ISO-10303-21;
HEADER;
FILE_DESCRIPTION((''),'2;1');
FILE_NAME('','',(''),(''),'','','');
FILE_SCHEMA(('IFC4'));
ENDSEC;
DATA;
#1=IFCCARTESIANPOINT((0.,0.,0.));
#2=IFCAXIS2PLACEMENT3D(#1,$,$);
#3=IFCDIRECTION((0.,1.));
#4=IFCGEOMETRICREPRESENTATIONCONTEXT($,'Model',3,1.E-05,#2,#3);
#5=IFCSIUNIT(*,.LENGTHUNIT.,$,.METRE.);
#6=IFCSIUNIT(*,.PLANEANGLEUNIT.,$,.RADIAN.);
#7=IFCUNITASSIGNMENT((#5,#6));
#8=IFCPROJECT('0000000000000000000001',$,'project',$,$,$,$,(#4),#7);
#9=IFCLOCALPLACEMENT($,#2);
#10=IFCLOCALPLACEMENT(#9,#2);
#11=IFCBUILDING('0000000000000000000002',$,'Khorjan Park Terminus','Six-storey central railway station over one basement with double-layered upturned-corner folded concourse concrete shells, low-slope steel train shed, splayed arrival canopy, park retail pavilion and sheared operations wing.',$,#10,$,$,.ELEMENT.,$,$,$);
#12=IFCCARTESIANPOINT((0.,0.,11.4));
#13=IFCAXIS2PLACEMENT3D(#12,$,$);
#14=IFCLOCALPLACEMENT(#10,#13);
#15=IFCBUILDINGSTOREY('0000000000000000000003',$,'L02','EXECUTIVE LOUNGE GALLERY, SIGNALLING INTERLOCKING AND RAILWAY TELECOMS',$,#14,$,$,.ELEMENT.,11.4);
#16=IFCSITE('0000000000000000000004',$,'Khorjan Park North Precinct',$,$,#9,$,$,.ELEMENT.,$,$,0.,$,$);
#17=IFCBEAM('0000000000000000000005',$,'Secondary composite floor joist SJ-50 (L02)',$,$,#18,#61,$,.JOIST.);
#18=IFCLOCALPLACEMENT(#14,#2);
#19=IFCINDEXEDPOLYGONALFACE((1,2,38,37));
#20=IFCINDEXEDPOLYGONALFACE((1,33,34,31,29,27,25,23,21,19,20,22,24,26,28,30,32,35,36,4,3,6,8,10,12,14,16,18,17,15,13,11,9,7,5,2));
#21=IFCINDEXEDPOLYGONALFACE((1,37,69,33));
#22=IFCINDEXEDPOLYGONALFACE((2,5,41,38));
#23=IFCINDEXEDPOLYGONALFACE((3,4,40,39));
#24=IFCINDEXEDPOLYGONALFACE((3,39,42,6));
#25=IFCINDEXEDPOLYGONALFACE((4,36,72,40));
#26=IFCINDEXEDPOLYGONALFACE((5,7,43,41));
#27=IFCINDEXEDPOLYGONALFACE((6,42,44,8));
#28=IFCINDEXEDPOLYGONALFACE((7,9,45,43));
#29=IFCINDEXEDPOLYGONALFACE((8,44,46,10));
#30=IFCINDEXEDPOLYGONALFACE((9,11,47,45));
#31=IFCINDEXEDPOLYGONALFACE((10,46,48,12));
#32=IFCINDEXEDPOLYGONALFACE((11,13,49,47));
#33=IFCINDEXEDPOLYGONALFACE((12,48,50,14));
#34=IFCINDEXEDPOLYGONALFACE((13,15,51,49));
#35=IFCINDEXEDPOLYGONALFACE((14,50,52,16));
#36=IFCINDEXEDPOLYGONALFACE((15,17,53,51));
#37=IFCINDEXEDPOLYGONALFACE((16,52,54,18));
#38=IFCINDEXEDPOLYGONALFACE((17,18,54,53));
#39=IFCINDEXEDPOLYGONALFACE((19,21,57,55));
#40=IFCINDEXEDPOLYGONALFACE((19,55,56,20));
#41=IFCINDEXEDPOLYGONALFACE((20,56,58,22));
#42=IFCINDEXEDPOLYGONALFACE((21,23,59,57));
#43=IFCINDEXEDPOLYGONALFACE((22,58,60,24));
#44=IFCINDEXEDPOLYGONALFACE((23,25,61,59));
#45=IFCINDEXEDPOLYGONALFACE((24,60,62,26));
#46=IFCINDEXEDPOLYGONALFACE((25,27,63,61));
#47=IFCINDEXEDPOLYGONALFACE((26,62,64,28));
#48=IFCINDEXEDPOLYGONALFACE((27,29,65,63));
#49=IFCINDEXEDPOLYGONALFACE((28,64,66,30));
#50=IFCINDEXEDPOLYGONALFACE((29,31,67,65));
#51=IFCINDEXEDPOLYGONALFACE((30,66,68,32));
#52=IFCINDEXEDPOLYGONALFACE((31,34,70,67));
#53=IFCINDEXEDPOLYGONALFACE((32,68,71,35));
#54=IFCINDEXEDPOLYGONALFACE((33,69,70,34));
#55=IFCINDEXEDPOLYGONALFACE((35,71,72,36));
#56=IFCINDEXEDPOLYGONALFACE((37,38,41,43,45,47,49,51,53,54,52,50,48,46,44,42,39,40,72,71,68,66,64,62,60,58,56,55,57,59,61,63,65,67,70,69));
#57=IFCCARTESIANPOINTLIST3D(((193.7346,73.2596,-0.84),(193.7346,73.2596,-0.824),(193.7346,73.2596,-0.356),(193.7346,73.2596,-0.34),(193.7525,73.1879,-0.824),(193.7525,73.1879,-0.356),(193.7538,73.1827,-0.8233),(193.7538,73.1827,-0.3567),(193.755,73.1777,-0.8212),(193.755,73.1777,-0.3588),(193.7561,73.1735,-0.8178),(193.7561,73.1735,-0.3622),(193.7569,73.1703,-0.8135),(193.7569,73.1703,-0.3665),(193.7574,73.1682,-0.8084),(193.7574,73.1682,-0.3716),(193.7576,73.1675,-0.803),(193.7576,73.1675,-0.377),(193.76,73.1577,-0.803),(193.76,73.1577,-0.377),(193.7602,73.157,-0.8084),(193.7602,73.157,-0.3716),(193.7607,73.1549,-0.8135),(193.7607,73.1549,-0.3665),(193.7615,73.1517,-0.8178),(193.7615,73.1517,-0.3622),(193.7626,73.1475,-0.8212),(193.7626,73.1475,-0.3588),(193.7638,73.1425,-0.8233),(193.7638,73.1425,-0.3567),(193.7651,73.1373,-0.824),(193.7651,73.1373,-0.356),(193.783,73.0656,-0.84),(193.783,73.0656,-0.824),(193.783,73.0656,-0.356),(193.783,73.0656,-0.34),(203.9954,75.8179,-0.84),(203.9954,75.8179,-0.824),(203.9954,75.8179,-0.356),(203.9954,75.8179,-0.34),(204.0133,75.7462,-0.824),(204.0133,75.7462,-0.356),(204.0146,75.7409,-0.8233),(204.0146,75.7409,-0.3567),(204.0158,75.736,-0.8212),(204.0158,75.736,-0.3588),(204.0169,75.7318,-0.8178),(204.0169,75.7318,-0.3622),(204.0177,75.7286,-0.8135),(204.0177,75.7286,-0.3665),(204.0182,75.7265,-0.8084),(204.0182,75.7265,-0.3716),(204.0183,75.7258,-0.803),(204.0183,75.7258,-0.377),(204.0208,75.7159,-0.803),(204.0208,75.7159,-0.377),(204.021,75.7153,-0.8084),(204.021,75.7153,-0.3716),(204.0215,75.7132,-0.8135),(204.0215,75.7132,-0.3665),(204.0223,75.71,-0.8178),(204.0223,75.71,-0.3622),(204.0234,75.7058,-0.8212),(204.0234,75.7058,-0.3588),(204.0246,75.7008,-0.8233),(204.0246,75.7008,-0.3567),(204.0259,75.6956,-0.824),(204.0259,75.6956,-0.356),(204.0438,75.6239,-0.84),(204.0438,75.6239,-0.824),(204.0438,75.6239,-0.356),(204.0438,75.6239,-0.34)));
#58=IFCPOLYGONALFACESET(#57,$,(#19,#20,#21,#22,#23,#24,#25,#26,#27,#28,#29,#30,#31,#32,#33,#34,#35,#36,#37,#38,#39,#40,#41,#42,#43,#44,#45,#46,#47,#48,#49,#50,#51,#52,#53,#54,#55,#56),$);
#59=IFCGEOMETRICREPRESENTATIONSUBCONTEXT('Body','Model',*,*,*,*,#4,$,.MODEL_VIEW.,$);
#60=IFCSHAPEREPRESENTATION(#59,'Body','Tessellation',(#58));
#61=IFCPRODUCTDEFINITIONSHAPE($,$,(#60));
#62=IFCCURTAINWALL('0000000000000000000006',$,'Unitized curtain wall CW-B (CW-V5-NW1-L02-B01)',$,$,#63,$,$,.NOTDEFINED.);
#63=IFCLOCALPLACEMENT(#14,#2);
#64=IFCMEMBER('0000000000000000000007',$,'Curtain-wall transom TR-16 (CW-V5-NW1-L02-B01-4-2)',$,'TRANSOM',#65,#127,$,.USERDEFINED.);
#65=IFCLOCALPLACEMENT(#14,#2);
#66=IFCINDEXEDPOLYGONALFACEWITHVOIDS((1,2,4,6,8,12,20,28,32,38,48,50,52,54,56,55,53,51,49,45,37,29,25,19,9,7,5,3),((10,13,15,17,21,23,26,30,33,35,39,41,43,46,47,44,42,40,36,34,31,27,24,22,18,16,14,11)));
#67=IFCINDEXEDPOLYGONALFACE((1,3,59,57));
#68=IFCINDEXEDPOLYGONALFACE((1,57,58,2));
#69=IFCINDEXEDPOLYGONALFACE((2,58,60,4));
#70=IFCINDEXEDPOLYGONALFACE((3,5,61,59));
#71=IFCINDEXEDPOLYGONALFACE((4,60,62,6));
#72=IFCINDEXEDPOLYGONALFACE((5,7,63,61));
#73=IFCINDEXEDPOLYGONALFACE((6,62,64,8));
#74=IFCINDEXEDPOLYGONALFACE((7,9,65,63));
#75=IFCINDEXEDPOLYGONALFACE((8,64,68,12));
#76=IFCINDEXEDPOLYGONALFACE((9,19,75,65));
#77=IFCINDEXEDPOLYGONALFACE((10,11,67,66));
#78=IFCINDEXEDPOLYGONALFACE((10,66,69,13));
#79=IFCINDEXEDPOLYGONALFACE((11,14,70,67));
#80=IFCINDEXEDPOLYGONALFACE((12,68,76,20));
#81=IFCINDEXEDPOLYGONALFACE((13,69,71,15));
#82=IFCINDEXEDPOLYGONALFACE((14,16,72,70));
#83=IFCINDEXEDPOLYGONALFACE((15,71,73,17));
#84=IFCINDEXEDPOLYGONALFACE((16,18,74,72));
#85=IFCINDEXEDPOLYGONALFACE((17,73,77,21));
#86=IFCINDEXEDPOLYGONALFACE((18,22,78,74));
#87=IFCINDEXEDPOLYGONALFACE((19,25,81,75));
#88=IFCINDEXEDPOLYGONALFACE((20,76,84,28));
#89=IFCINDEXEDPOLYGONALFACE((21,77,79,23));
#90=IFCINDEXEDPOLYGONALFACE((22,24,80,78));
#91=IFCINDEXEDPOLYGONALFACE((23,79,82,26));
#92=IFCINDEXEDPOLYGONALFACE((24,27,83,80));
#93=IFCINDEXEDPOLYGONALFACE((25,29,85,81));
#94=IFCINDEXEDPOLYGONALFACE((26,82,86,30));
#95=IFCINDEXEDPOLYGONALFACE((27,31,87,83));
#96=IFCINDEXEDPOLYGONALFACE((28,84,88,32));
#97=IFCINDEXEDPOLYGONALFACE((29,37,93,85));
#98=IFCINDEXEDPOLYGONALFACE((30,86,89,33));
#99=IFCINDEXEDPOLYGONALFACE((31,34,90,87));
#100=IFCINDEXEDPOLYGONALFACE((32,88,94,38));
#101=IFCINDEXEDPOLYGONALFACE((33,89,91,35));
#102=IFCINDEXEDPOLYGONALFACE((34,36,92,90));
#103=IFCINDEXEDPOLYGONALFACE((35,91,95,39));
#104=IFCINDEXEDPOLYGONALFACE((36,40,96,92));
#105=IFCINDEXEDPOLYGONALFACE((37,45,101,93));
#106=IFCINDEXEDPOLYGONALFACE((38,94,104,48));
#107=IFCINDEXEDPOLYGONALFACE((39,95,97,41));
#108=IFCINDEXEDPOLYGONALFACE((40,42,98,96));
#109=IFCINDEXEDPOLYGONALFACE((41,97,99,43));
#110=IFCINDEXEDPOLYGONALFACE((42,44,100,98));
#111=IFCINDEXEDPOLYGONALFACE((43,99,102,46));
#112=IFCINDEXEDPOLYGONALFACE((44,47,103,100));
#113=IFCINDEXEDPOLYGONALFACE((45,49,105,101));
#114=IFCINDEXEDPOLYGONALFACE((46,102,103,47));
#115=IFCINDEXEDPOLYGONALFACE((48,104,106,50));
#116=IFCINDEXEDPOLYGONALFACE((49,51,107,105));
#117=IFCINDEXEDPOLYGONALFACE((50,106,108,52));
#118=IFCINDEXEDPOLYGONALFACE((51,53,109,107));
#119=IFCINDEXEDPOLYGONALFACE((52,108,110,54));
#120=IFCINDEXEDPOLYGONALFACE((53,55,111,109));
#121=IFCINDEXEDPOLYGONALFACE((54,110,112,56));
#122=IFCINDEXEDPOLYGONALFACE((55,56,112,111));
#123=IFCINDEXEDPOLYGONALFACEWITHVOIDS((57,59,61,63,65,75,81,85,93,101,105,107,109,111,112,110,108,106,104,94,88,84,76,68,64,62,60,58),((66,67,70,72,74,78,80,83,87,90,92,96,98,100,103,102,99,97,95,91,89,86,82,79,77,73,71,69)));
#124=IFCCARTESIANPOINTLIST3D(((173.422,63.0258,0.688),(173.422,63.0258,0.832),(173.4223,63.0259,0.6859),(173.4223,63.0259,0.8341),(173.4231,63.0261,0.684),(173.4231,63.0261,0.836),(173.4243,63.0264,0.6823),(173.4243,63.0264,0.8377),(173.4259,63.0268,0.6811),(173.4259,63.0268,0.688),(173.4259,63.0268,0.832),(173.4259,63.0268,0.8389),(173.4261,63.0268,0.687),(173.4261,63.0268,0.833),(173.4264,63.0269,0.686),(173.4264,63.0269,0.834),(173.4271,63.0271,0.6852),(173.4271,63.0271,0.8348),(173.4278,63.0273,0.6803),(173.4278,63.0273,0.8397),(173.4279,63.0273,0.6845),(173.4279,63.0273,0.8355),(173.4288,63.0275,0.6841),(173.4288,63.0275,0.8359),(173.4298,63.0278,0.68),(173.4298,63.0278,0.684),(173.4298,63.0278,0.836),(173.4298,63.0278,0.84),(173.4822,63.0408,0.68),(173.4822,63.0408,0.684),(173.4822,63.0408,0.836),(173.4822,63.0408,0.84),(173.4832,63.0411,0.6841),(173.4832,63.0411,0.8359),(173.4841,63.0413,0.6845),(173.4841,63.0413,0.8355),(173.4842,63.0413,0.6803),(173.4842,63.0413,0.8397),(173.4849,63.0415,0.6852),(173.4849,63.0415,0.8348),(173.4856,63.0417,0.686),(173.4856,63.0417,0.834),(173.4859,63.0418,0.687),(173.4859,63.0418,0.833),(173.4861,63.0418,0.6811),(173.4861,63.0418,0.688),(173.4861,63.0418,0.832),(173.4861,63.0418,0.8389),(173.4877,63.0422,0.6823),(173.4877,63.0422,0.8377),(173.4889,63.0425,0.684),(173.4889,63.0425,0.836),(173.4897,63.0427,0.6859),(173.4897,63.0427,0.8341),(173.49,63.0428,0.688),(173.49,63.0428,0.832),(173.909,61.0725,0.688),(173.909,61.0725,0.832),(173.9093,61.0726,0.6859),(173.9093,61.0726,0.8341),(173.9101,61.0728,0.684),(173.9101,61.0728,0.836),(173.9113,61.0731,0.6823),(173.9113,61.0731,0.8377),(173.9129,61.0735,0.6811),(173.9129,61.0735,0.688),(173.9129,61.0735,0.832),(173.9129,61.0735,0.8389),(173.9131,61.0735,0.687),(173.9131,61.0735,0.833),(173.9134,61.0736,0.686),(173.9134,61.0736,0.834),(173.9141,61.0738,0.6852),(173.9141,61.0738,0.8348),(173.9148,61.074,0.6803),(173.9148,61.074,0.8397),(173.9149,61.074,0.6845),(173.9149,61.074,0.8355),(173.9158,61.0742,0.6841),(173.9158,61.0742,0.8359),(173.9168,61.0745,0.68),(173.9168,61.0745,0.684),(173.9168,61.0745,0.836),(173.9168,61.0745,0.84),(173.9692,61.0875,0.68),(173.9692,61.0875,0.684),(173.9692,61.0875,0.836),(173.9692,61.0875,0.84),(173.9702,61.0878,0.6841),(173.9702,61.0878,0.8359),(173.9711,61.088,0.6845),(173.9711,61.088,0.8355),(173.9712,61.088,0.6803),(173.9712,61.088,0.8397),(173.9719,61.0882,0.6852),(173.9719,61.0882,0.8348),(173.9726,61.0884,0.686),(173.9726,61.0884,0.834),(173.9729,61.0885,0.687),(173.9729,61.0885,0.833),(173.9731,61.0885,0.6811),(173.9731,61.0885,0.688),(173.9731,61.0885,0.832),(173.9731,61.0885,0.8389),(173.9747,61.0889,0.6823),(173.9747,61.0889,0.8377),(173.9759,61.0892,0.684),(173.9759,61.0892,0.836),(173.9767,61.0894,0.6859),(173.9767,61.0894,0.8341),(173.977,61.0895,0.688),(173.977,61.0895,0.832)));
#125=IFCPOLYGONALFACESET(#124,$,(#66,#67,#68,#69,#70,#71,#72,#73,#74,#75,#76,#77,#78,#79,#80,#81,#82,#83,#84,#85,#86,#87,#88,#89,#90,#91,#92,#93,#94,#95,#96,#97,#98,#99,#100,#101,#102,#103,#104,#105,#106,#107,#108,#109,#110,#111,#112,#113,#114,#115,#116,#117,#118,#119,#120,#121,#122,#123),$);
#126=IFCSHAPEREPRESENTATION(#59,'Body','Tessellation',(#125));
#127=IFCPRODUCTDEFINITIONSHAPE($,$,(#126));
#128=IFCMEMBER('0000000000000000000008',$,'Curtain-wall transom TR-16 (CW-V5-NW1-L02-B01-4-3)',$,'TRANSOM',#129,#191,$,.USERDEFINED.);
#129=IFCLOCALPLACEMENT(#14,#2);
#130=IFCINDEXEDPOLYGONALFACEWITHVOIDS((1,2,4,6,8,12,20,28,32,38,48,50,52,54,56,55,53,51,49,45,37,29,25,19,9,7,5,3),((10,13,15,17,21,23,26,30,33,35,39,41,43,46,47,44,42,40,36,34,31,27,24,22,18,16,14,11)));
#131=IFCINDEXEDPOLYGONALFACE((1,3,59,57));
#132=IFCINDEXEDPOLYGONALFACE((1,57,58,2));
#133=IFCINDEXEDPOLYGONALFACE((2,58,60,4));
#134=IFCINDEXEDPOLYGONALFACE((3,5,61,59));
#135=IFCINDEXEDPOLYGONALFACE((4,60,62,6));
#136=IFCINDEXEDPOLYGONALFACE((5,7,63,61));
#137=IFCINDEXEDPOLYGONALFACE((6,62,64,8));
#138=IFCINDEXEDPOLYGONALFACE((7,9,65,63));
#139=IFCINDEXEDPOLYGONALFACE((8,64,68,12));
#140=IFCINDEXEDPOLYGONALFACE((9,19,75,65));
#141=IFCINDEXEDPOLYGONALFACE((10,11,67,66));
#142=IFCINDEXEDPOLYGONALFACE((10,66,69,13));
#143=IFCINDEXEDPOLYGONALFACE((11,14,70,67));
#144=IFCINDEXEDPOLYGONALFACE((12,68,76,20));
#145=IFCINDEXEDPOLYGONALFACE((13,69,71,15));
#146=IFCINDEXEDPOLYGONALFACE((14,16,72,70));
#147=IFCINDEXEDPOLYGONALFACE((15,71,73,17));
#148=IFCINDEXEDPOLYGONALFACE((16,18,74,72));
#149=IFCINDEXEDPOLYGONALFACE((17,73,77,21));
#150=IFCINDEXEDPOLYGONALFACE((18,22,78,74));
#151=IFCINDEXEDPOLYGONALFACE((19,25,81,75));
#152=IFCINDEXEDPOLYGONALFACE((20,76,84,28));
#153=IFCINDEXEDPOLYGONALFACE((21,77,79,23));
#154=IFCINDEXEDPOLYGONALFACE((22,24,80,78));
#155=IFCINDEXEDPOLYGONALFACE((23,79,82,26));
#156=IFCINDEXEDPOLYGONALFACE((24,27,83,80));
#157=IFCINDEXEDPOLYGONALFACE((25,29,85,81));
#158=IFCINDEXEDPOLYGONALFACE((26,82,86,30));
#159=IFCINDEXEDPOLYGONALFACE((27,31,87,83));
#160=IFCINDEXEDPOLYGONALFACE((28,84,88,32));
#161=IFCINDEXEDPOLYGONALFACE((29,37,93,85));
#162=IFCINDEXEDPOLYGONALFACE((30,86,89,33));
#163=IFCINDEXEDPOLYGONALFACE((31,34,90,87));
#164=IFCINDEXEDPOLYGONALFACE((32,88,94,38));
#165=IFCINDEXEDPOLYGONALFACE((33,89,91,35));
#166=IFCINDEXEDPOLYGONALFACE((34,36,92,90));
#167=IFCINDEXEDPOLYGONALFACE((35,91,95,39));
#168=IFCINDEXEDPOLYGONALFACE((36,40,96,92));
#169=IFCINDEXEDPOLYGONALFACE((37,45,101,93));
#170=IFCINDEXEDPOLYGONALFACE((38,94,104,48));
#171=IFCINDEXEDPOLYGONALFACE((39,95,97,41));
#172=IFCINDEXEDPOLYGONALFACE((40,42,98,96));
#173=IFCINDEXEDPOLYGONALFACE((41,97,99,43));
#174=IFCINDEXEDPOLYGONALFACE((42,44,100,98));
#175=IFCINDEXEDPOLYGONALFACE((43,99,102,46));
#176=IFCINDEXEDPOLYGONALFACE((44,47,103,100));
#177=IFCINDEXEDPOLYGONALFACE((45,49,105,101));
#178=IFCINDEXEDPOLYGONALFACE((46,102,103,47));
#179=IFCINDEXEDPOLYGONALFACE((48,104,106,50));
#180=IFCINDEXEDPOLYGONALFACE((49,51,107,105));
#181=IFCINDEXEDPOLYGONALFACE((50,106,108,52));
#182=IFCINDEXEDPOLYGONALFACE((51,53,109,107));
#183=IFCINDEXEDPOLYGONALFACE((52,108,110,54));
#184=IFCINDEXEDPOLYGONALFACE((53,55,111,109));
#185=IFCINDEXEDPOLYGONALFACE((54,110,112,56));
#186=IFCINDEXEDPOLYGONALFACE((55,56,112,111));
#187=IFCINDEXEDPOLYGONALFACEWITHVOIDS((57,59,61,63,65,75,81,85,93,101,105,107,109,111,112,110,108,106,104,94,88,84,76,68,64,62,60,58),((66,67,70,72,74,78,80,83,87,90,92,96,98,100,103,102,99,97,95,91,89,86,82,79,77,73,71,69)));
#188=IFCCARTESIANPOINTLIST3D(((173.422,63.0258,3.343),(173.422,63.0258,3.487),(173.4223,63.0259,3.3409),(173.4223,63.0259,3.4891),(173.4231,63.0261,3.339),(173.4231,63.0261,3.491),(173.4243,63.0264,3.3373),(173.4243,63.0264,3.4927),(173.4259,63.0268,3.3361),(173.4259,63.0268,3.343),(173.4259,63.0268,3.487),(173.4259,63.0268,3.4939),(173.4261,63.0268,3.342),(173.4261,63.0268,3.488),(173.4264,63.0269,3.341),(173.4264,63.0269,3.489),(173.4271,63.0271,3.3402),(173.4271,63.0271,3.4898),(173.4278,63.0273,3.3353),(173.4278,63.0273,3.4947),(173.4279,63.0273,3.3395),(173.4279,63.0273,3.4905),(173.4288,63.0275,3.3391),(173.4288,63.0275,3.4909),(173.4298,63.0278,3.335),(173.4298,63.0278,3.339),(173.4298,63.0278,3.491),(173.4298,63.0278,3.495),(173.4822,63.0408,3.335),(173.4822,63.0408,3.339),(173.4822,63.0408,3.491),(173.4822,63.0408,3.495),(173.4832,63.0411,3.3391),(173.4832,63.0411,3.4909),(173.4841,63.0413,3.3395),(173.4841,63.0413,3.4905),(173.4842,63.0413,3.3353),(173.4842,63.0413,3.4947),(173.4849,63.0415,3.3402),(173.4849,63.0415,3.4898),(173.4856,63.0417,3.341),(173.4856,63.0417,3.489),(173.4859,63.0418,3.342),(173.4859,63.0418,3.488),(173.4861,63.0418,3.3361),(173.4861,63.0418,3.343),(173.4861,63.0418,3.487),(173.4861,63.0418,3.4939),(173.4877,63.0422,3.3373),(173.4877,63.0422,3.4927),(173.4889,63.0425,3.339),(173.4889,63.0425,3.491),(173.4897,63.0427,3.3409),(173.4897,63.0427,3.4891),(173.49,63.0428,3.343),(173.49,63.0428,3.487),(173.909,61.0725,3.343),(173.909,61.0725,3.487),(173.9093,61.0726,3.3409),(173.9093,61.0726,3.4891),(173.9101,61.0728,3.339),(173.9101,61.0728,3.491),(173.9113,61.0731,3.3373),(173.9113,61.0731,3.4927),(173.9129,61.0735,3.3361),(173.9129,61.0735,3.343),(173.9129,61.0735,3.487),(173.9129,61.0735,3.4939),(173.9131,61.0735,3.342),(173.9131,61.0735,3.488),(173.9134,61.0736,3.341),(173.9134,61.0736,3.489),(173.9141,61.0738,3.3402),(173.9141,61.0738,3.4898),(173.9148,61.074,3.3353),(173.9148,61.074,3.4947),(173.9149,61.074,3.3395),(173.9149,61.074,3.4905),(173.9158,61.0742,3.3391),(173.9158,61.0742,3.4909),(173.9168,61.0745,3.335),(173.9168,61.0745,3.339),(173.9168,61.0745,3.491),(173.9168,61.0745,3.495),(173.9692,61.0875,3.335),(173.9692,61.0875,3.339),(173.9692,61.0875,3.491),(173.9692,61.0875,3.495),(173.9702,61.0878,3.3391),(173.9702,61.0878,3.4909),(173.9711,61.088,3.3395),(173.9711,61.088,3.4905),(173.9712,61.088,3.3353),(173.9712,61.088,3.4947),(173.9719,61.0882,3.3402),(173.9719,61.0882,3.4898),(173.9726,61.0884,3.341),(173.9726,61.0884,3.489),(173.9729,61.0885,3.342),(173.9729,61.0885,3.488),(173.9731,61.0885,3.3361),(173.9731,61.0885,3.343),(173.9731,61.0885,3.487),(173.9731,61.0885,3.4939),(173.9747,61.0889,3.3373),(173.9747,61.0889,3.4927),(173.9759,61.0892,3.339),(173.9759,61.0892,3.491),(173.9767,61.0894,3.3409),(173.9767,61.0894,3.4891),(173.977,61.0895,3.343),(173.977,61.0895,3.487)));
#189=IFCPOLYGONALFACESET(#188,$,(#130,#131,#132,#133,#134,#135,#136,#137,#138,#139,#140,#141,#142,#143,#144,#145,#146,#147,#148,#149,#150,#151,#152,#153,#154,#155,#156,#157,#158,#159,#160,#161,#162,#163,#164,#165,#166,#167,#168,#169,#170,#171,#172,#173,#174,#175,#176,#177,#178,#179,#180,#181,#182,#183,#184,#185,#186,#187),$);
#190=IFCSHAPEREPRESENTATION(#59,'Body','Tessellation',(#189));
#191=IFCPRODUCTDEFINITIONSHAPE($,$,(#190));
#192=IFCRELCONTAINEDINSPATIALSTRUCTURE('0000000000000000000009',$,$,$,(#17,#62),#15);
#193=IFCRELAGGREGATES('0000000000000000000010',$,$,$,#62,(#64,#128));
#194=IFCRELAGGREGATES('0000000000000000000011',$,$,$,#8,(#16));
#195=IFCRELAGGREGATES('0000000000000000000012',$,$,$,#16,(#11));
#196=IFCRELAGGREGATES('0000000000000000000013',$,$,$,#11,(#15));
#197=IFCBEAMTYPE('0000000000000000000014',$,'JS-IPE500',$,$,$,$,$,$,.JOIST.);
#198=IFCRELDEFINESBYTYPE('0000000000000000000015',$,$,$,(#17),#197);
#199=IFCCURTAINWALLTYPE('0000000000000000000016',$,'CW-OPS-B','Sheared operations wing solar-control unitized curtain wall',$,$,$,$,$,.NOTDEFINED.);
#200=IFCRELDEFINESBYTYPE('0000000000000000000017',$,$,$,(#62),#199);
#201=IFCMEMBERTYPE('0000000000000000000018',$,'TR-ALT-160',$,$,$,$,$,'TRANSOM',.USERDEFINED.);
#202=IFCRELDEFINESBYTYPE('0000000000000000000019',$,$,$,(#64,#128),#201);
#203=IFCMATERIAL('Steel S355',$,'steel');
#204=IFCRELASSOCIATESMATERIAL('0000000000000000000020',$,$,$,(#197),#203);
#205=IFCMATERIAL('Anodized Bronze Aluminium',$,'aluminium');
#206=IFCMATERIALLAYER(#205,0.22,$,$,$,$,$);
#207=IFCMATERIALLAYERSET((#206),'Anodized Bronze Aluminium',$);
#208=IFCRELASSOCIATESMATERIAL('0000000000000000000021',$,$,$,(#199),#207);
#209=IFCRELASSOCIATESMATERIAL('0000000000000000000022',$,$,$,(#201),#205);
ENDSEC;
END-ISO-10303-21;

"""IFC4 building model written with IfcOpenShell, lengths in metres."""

from ifc_helpers import new_model, si_unit, direction, frame, origin, origin_2d, place, context, subcontext, project, spatial, hollow_rectangle, i_section, extrude, material, layer, layer_set, material_profile, profile_set, type_object, element, aggregate, save


model = new_model("IFC4")

# Units and contexts
model_context = context("Model", 3, precision=1e-05, world=origin(), true_north=direction((0.0, 1.0)))
body_context = subcontext(model_context, "Body", "Model", "MODEL_VIEW")
ifc_project = project(units=[si_unit("LENGTHUNIT", "METRE"), si_unit("PLANEANGLEUNIT", "RADIAN")], contexts=[model_context])

# Site, building, storey
site_placement = place(None, origin())
site = spatial("IfcSite", under=ifc_project, at=site_placement, Name="Khorjan Park North Precinct", CompositionType="ELEMENT", RefElevation=0.0)
building_placement = place(site_placement, origin())
building = spatial("IfcBuilding", under=site, at=building_placement, Name="Khorjan Park Terminus", Description="Six-storey central railway station over one basement with double-layered upturned-corner folded concourse concrete shells, low-slope steel train shed, splayed arrival canopy, park retail pavilion and sheared operations wing.", CompositionType="ELEMENT")
storey_placement = place(building_placement, frame((0.0, 0.0, 11.4)))
storey = spatial("IfcBuildingStorey", under=building, at=storey_placement, Name="L02", Description="EXECUTIVE LOUNGE GALLERY, SIGNALLING INTERLOCKING AND RAILWAY TELECOMS", CompositionType="ELEMENT", Elevation=11.4)

# Beam
ifc_material_1 = material(Name="Steel S355", Category="steel")
ifc_material_profile_1 = material_profile(ifc_material_1, i_section(OverallWidth=0.2, OverallDepth=0.5, WebThickness=0.0102, FlangeThickness=0.016, FilletRadius=0.021, at=origin_2d()), Name="IPE 500")
ifc_profile_set_1 = profile_set([ifc_material_profile_1], Name="Steel S355")
beam_type_1 = type_object("IfcBeamType", Name="JS-IPE500", PredefinedType="JOIST", material=ifc_profile_set_1)
beam_1_placement = place(storey_placement, frame((193.7588, 73.1626, -0.59), z_axis=(0.970296, 0.241921, 0.0), x_axis=(-0.241921, 0.970296, 0.0)))
element("IfcBeam", 1, at=beam_1_placement, inside=storey, type_object=beam_type_1, Name="Secondary composite floor joist SJ-50 (L02)", PredefinedType="JOIST", context=body_context, shape_type="SweptSolid", body=[
    extrude(i_section(OverallWidth=0.2, OverallDepth=0.5, WebThickness=0.0102, FlangeThickness=0.016, FilletRadius=0.021, at=origin_2d()), origin(), (0.0, 0.0, 1.0), 10.5749),
])

# Curtain wall, members
ifc_material_2 = material(Name="Anodized Bronze Aluminium", Category="aluminium")
ifc_layer_1 = layer(ifc_material_2, 0.22)
ifc_layer_set_1 = layer_set([ifc_layer_1], Name="Anodized Bronze Aluminium")
curtain_wall_type = type_object("IfcCurtainWallType", Name="CW-OPS-B", Description="Sheared operations wing solar-control unitized curtain wall", PredefinedType="NOTDEFINED", material=ifc_layer_set_1)
curtain_wall_placement = place(storey_placement, origin())
curtain_wall = element("IfcCurtainWall", 2, at=curtain_wall_placement, inside=storey, type_object=curtain_wall_type, Name="Unitized curtain wall CW-B (CW-V5-NW1-L02-B01)", PredefinedType="NOTDEFINED")
ifc_material_profile_2 = material_profile(ifc_material_2, hollow_rectangle(XDim=0.07, YDim=0.16, WallThickness=0.004, InnerFilletRadius=0.004, OuterFilletRadius=0.008, at=origin_2d()), Name="ALT 70x160x4")
ifc_profile_set_2 = profile_set([ifc_material_profile_2], Name="Anodized Bronze Aluminium")
member_type = type_object("IfcMemberType", Name="TR-ALT-160", ElementType="TRANSOM", PredefinedType="USERDEFINED", material=ifc_profile_set_2)
member_1_placement = place(storey_placement, frame((173.456, 63.0343, 0.76), z_axis=(0.241916, -0.970297, 0.0), x_axis=(0.970297, 0.241916, 0.0)))
member_1 = element("IfcMember", 3, at=member_1_placement, type_object=member_type, Name="Curtain-wall transom TR-16 (CW-V5-NW1-L02-B01-4-2)", ObjectType="TRANSOM", PredefinedType="USERDEFINED", context=body_context, shape_type="SweptSolid", body=[
    extrude(hollow_rectangle(XDim=0.07, YDim=0.16, WallThickness=0.004, InnerFilletRadius=0.004, OuterFilletRadius=0.008, at=origin_2d()), origin(), (0.0, 0.0, 1.0), 2.0131),
])
member_2_placement = place(storey_placement, frame((173.456, 63.0343, 3.415), z_axis=(0.241916, -0.970297, 0.0), x_axis=(0.970297, 0.241916, 0.0)))
member_2 = element("IfcMember", 4, at=member_2_placement, type_object=member_type, Name="Curtain-wall transom TR-16 (CW-V5-NW1-L02-B01-4-3)", ObjectType="TRANSOM", PredefinedType="USERDEFINED", context=body_context, shape_type="SweptSolid", body=[
    extrude(hollow_rectangle(XDim=0.07, YDim=0.16, WallThickness=0.004, InnerFilletRadius=0.004, OuterFilletRadius=0.008, at=origin_2d()), origin(), (0.0, 0.0, 1.0), 2.0131),
])
aggregate(curtain_wall, [member_1, member_2])

save(model, "model.ifc")
